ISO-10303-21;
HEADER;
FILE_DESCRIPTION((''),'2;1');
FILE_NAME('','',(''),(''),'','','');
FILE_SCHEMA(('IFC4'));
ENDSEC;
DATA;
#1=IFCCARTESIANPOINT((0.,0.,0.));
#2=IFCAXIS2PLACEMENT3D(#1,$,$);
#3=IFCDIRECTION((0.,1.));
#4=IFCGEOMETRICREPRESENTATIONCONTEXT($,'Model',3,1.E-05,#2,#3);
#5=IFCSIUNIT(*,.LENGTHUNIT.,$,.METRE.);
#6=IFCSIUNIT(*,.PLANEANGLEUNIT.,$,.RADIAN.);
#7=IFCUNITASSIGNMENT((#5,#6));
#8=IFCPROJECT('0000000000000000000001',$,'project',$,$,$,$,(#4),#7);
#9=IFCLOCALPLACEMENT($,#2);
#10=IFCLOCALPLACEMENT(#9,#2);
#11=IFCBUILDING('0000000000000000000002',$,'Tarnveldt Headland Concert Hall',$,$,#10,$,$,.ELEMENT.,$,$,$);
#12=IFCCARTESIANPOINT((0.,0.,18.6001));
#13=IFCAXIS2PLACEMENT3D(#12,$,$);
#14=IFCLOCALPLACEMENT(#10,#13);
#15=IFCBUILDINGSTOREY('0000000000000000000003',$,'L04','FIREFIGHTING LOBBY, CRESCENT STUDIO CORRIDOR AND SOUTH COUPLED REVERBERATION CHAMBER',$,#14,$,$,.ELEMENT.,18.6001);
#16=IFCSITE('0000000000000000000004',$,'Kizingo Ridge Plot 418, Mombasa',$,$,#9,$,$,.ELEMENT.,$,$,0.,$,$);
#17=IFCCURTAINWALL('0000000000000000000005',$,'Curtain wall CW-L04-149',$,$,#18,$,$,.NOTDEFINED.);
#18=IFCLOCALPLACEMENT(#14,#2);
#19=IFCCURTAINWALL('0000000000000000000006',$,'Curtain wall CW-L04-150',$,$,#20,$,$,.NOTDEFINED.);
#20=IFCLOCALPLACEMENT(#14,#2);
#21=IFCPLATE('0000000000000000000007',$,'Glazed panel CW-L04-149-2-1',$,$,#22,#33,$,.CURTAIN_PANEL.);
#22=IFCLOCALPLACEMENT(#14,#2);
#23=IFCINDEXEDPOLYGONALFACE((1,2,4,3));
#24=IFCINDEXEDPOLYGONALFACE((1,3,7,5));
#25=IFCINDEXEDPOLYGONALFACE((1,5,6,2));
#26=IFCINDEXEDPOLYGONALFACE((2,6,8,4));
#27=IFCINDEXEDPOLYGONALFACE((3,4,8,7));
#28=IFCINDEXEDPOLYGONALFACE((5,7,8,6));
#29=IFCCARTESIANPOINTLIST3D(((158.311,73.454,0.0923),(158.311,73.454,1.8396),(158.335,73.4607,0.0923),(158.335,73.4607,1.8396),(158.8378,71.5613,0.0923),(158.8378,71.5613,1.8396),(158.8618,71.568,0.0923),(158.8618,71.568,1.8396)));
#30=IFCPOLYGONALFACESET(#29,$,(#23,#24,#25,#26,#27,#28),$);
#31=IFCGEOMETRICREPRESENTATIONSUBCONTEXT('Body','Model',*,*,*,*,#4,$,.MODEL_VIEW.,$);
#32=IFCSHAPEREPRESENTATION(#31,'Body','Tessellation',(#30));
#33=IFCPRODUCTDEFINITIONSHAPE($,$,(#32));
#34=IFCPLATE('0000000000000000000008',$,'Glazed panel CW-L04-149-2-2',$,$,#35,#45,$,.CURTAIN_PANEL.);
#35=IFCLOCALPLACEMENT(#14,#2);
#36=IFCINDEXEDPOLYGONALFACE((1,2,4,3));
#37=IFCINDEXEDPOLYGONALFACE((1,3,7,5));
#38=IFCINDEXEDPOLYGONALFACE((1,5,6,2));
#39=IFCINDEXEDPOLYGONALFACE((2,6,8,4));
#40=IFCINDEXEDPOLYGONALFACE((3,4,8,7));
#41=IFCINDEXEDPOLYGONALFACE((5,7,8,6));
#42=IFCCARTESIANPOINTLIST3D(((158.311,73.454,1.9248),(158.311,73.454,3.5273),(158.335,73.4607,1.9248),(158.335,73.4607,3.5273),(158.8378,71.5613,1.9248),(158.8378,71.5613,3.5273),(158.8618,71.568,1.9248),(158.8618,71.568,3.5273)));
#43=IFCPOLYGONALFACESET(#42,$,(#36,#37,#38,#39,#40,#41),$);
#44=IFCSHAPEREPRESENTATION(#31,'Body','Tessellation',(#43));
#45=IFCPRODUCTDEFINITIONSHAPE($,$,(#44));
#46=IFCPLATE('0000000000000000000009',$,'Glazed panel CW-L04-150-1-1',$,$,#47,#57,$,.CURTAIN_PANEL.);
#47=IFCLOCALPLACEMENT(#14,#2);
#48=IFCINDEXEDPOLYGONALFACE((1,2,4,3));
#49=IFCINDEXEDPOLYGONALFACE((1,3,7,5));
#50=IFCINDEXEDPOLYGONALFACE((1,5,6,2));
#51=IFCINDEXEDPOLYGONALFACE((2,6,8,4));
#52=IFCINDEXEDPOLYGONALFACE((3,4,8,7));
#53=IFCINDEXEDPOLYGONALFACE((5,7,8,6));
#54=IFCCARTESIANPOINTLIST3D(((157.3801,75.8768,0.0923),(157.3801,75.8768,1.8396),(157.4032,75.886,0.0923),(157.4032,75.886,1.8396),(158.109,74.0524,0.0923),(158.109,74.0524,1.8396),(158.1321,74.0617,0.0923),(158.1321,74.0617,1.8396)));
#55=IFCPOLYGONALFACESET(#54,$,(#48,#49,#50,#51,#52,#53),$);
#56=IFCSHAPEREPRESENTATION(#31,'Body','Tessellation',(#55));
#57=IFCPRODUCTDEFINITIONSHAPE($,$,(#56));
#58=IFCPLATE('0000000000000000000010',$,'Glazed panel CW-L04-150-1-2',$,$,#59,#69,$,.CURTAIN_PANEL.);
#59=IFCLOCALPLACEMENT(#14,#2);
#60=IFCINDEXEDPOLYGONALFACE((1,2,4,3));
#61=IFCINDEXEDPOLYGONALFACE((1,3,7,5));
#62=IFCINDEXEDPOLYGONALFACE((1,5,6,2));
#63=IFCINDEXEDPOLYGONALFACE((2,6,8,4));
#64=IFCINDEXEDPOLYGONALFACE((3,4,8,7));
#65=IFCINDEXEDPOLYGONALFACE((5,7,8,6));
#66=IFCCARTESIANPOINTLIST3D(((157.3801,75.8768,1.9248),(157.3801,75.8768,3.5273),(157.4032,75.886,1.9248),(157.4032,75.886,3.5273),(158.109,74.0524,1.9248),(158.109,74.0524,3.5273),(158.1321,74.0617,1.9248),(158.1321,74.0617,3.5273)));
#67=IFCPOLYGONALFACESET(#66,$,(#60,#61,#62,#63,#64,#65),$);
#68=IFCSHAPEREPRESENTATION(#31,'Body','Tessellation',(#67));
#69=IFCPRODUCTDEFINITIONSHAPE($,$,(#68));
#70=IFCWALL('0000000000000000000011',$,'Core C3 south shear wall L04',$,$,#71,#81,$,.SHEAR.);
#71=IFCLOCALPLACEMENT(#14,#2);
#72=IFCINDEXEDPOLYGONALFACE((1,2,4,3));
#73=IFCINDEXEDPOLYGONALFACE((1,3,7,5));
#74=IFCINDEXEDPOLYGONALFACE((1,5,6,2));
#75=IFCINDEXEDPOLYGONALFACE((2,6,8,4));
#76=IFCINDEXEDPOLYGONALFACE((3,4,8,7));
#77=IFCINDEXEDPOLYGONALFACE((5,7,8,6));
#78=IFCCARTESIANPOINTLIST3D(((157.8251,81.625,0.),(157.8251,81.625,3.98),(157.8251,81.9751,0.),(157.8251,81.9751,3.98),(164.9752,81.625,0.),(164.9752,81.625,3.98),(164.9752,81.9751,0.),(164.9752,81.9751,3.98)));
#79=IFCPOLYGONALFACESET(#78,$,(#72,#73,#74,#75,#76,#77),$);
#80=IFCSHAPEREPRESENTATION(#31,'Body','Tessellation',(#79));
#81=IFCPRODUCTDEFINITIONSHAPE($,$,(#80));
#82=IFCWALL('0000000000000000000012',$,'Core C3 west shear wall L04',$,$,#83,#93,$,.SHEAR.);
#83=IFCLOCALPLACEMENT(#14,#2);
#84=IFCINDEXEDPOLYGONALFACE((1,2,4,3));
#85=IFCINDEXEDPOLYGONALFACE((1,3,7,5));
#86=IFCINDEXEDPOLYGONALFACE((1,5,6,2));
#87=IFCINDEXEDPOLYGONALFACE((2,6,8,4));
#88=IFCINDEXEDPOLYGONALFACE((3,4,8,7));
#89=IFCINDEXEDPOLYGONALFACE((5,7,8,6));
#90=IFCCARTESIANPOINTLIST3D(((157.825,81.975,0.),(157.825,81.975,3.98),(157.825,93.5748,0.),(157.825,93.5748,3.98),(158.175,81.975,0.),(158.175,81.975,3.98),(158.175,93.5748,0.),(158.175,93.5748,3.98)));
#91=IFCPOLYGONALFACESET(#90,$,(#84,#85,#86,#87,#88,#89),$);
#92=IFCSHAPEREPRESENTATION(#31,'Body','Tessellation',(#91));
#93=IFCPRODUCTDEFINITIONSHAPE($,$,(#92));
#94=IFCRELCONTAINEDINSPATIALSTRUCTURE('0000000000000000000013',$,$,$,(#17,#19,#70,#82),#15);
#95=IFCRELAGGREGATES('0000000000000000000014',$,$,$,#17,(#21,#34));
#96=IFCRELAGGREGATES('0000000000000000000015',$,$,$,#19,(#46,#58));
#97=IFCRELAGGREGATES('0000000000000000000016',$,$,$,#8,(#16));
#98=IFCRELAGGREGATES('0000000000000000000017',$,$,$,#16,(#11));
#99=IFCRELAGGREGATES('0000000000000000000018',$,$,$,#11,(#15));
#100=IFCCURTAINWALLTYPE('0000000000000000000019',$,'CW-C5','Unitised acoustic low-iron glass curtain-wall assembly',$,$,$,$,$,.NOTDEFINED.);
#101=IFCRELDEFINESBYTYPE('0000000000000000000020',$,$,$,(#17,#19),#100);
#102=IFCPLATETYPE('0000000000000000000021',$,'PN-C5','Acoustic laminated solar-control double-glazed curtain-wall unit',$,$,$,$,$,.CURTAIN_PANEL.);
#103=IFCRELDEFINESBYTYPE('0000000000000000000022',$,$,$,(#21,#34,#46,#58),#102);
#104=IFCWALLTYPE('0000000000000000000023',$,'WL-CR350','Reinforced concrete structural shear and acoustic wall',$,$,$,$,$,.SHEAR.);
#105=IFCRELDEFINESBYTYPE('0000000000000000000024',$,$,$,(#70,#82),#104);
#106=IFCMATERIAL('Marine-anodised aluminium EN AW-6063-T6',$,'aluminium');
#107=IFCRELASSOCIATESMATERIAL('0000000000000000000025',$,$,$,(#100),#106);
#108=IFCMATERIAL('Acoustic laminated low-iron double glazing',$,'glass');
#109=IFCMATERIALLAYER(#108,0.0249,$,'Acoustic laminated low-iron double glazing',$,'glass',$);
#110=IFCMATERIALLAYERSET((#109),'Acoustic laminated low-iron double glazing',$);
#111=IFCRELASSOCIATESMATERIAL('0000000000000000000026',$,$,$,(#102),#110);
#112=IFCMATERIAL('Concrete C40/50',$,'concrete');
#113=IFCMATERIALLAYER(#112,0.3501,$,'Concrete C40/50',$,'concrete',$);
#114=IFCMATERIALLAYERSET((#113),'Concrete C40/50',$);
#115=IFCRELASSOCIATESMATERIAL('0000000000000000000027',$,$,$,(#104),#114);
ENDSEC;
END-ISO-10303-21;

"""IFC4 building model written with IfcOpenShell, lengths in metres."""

from ifc_helpers import new_model, si_unit, direction, frame, frame_2d, origin, origin_2d, place, context, subcontext, project, spatial, rectangle, extrude, material, layer, layer_set, type_object, element, aggregate, save


model = new_model("IFC4")

# Units and contexts
model_context = context("Model", 3, precision=1e-05, world=origin(), true_north=direction((0.0, 1.0)))
body_context = subcontext(model_context, "Body", "Model", "MODEL_VIEW")
ifc_project = project(units=[si_unit("LENGTHUNIT", "METRE"), si_unit("PLANEANGLEUNIT", "RADIAN")], contexts=[model_context])

# Site, building, storey
site_placement = place(None, origin())
site = spatial("IfcSite", under=ifc_project, at=site_placement, Name="Kizingo Ridge Plot 418, Mombasa", CompositionType="ELEMENT", RefElevation=0.0)
building_placement = place(site_placement, origin())
building = spatial("IfcBuilding", under=site, at=building_placement, Name="Tarnveldt Headland Concert Hall", CompositionType="ELEMENT")
storey_placement = place(building_placement, frame((0.0, 0.0, 18.6001)))
storey = spatial("IfcBuildingStorey", under=building, at=storey_placement, Name="L04", Description="FIREFIGHTING LOBBY, CRESCENT STUDIO CORRIDOR AND SOUTH COUPLED REVERBERATION CHAMBER", CompositionType="ELEMENT", Elevation=18.6001)

# Curtain wall
ifc_material_1 = material(Name="Marine-anodised aluminium EN AW-6063-T6", Category="aluminium")
curtain_wall_type = type_object("IfcCurtainWallType", Name="CW-C5", Description="Unitised acoustic low-iron glass curtain-wall assembly", PredefinedType="NOTDEFINED", material=ifc_material_1)
curtain_wall_1_placement = place(storey_placement, origin())
curtain_wall_1 = element("IfcCurtainWall", 1, at=curtain_wall_1_placement, inside=storey, type_object=curtain_wall_type, Name="Curtain wall CW-L04-149", PredefinedType="NOTDEFINED")

# Curtain wall
curtain_wall_2_placement = place(storey_placement, origin())
curtain_wall_2 = element("IfcCurtainWall", 2, at=curtain_wall_2_placement, inside=storey, type_object=curtain_wall_type, Name="Curtain wall CW-L04-150", PredefinedType="NOTDEFINED")

# Plates
ifc_material_2 = material(Name="Acoustic laminated low-iron double glazing", Category="glass")
ifc_layer_1 = layer(ifc_material_2, 0.0249, Name="Acoustic laminated low-iron double glazing", Category="glass")
ifc_layer_set_1 = layer_set([ifc_layer_1], Name="Acoustic laminated low-iron double glazing")
plate_type = type_object("IfcPlateType", Name="PN-C5", Description="Acoustic laminated solar-control double-glazed curtain-wall unit", PredefinedType="CURTAIN_PANEL", material=ifc_layer_set_1)
plate_1_placement = place(storey_placement, frame((158.5864, 72.511, 0.0923), z_axis=(0.0, 0.0, 1.0), x_axis=(-0.268146, 0.963378, 0.0)))
plate_1 = element("IfcPlate", 3, at=plate_1_placement, type_object=plate_type, Name="Glazed panel CW-L04-149-2-1", PredefinedType="CURTAIN_PANEL", context=body_context, shape_type="SweptSolid", body=[
    extrude(rectangle(XDim=1.9646, YDim=0.0249, at=origin_2d()), origin(), (0.0, 0.0, 1.0), 1.7473),
])
plate_2_placement = place(storey_placement, frame((158.5864, 72.511, 1.9248), z_axis=(0.0, 0.0, 1.0), x_axis=(-0.268146, 0.963378, 0.0)))
plate_2 = element("IfcPlate", 4, at=plate_2_placement, type_object=plate_type, Name="Glazed panel CW-L04-149-2-2", PredefinedType="CURTAIN_PANEL", context=body_context, shape_type="SweptSolid", body=[
    extrude(rectangle(XDim=1.9646, YDim=0.0249, at=origin_2d()), origin(), (0.0, 0.0, 1.0), 1.6025),
])
aggregate(curtain_wall_1, [plate_1, plate_2])
plate_3_placement = place(storey_placement, frame((157.7561, 74.9692, 0.0923), z_axis=(0.0, 0.0, 1.0), x_axis=(-0.371028, 0.928622, 0.0)))
plate_3 = element("IfcPlate", 5, at=plate_3_placement, type_object=plate_type, Name="Glazed panel CW-L04-150-1-1", PredefinedType="CURTAIN_PANEL", context=body_context, shape_type="SweptSolid", body=[
    extrude(rectangle(XDim=1.9646, YDim=0.0249, at=origin_2d()), origin(), (0.0, 0.0, 1.0), 1.7473),
])
plate_4_placement = place(storey_placement, frame((157.7561, 74.9692, 1.9248), z_axis=(0.0, 0.0, 1.0), x_axis=(-0.371028, 0.928622, 0.0)))
plate_4 = element("IfcPlate", 6, at=plate_4_placement, type_object=plate_type, Name="Glazed panel CW-L04-150-1-2", PredefinedType="CURTAIN_PANEL", context=body_context, shape_type="SweptSolid", body=[
    extrude(rectangle(XDim=1.9646, YDim=0.0249, at=origin_2d()), origin(), (0.0, 0.0, 1.0), 1.6025),
])
aggregate(curtain_wall_2, [plate_3, plate_4])

# Walls
ifc_material_3 = material(Name="Concrete C40/50", Category="concrete")
ifc_layer_2 = layer(ifc_material_3, 0.3501, Name="Concrete C40/50", Category="concrete")
ifc_layer_set_2 = layer_set([ifc_layer_2], Name="Concrete C40/50")
wall_type = type_object("IfcWallType", Name="WL-CR350", Description="Reinforced concrete structural shear and acoustic wall", PredefinedType="SHEAR", material=ifc_layer_set_2)
wall_1_placement = place(storey_placement, frame((157.825, 81.8, 0.0), z_axis=(0.0, 0.0, 1.0), x_axis=(1.0, 0.0, 0.0)))
element("IfcWall", 7, at=wall_1_placement, inside=storey, type_object=wall_type, Name="Core C3 south shear wall L04", PredefinedType="SHEAR", context=body_context, shape_type="SweptSolid", body=[
    extrude(rectangle(XDim=7.1501, YDim=0.3501, at=frame_2d((3.5752, 0.0))), origin(), (0.0, 0.0, 1.0), 3.98),
])
wall_2_placement = place(storey_placement, frame((158.0, 81.9751, 0.0), z_axis=(0.0, 0.0, 1.0), x_axis=(0.0, 1.0, 0.0)))
element("IfcWall", 8, at=wall_2_placement, inside=storey, type_object=wall_type, Name="Core C3 west shear wall L04", PredefinedType="SHEAR", context=body_context, shape_type="SweptSolid", body=[
    extrude(rectangle(XDim=11.5999, YDim=0.3501, at=frame_2d((5.7998, 0.0))), origin(), (0.0, 0.0, 1.0), 3.98),
])

save(model, "model.ifc")
